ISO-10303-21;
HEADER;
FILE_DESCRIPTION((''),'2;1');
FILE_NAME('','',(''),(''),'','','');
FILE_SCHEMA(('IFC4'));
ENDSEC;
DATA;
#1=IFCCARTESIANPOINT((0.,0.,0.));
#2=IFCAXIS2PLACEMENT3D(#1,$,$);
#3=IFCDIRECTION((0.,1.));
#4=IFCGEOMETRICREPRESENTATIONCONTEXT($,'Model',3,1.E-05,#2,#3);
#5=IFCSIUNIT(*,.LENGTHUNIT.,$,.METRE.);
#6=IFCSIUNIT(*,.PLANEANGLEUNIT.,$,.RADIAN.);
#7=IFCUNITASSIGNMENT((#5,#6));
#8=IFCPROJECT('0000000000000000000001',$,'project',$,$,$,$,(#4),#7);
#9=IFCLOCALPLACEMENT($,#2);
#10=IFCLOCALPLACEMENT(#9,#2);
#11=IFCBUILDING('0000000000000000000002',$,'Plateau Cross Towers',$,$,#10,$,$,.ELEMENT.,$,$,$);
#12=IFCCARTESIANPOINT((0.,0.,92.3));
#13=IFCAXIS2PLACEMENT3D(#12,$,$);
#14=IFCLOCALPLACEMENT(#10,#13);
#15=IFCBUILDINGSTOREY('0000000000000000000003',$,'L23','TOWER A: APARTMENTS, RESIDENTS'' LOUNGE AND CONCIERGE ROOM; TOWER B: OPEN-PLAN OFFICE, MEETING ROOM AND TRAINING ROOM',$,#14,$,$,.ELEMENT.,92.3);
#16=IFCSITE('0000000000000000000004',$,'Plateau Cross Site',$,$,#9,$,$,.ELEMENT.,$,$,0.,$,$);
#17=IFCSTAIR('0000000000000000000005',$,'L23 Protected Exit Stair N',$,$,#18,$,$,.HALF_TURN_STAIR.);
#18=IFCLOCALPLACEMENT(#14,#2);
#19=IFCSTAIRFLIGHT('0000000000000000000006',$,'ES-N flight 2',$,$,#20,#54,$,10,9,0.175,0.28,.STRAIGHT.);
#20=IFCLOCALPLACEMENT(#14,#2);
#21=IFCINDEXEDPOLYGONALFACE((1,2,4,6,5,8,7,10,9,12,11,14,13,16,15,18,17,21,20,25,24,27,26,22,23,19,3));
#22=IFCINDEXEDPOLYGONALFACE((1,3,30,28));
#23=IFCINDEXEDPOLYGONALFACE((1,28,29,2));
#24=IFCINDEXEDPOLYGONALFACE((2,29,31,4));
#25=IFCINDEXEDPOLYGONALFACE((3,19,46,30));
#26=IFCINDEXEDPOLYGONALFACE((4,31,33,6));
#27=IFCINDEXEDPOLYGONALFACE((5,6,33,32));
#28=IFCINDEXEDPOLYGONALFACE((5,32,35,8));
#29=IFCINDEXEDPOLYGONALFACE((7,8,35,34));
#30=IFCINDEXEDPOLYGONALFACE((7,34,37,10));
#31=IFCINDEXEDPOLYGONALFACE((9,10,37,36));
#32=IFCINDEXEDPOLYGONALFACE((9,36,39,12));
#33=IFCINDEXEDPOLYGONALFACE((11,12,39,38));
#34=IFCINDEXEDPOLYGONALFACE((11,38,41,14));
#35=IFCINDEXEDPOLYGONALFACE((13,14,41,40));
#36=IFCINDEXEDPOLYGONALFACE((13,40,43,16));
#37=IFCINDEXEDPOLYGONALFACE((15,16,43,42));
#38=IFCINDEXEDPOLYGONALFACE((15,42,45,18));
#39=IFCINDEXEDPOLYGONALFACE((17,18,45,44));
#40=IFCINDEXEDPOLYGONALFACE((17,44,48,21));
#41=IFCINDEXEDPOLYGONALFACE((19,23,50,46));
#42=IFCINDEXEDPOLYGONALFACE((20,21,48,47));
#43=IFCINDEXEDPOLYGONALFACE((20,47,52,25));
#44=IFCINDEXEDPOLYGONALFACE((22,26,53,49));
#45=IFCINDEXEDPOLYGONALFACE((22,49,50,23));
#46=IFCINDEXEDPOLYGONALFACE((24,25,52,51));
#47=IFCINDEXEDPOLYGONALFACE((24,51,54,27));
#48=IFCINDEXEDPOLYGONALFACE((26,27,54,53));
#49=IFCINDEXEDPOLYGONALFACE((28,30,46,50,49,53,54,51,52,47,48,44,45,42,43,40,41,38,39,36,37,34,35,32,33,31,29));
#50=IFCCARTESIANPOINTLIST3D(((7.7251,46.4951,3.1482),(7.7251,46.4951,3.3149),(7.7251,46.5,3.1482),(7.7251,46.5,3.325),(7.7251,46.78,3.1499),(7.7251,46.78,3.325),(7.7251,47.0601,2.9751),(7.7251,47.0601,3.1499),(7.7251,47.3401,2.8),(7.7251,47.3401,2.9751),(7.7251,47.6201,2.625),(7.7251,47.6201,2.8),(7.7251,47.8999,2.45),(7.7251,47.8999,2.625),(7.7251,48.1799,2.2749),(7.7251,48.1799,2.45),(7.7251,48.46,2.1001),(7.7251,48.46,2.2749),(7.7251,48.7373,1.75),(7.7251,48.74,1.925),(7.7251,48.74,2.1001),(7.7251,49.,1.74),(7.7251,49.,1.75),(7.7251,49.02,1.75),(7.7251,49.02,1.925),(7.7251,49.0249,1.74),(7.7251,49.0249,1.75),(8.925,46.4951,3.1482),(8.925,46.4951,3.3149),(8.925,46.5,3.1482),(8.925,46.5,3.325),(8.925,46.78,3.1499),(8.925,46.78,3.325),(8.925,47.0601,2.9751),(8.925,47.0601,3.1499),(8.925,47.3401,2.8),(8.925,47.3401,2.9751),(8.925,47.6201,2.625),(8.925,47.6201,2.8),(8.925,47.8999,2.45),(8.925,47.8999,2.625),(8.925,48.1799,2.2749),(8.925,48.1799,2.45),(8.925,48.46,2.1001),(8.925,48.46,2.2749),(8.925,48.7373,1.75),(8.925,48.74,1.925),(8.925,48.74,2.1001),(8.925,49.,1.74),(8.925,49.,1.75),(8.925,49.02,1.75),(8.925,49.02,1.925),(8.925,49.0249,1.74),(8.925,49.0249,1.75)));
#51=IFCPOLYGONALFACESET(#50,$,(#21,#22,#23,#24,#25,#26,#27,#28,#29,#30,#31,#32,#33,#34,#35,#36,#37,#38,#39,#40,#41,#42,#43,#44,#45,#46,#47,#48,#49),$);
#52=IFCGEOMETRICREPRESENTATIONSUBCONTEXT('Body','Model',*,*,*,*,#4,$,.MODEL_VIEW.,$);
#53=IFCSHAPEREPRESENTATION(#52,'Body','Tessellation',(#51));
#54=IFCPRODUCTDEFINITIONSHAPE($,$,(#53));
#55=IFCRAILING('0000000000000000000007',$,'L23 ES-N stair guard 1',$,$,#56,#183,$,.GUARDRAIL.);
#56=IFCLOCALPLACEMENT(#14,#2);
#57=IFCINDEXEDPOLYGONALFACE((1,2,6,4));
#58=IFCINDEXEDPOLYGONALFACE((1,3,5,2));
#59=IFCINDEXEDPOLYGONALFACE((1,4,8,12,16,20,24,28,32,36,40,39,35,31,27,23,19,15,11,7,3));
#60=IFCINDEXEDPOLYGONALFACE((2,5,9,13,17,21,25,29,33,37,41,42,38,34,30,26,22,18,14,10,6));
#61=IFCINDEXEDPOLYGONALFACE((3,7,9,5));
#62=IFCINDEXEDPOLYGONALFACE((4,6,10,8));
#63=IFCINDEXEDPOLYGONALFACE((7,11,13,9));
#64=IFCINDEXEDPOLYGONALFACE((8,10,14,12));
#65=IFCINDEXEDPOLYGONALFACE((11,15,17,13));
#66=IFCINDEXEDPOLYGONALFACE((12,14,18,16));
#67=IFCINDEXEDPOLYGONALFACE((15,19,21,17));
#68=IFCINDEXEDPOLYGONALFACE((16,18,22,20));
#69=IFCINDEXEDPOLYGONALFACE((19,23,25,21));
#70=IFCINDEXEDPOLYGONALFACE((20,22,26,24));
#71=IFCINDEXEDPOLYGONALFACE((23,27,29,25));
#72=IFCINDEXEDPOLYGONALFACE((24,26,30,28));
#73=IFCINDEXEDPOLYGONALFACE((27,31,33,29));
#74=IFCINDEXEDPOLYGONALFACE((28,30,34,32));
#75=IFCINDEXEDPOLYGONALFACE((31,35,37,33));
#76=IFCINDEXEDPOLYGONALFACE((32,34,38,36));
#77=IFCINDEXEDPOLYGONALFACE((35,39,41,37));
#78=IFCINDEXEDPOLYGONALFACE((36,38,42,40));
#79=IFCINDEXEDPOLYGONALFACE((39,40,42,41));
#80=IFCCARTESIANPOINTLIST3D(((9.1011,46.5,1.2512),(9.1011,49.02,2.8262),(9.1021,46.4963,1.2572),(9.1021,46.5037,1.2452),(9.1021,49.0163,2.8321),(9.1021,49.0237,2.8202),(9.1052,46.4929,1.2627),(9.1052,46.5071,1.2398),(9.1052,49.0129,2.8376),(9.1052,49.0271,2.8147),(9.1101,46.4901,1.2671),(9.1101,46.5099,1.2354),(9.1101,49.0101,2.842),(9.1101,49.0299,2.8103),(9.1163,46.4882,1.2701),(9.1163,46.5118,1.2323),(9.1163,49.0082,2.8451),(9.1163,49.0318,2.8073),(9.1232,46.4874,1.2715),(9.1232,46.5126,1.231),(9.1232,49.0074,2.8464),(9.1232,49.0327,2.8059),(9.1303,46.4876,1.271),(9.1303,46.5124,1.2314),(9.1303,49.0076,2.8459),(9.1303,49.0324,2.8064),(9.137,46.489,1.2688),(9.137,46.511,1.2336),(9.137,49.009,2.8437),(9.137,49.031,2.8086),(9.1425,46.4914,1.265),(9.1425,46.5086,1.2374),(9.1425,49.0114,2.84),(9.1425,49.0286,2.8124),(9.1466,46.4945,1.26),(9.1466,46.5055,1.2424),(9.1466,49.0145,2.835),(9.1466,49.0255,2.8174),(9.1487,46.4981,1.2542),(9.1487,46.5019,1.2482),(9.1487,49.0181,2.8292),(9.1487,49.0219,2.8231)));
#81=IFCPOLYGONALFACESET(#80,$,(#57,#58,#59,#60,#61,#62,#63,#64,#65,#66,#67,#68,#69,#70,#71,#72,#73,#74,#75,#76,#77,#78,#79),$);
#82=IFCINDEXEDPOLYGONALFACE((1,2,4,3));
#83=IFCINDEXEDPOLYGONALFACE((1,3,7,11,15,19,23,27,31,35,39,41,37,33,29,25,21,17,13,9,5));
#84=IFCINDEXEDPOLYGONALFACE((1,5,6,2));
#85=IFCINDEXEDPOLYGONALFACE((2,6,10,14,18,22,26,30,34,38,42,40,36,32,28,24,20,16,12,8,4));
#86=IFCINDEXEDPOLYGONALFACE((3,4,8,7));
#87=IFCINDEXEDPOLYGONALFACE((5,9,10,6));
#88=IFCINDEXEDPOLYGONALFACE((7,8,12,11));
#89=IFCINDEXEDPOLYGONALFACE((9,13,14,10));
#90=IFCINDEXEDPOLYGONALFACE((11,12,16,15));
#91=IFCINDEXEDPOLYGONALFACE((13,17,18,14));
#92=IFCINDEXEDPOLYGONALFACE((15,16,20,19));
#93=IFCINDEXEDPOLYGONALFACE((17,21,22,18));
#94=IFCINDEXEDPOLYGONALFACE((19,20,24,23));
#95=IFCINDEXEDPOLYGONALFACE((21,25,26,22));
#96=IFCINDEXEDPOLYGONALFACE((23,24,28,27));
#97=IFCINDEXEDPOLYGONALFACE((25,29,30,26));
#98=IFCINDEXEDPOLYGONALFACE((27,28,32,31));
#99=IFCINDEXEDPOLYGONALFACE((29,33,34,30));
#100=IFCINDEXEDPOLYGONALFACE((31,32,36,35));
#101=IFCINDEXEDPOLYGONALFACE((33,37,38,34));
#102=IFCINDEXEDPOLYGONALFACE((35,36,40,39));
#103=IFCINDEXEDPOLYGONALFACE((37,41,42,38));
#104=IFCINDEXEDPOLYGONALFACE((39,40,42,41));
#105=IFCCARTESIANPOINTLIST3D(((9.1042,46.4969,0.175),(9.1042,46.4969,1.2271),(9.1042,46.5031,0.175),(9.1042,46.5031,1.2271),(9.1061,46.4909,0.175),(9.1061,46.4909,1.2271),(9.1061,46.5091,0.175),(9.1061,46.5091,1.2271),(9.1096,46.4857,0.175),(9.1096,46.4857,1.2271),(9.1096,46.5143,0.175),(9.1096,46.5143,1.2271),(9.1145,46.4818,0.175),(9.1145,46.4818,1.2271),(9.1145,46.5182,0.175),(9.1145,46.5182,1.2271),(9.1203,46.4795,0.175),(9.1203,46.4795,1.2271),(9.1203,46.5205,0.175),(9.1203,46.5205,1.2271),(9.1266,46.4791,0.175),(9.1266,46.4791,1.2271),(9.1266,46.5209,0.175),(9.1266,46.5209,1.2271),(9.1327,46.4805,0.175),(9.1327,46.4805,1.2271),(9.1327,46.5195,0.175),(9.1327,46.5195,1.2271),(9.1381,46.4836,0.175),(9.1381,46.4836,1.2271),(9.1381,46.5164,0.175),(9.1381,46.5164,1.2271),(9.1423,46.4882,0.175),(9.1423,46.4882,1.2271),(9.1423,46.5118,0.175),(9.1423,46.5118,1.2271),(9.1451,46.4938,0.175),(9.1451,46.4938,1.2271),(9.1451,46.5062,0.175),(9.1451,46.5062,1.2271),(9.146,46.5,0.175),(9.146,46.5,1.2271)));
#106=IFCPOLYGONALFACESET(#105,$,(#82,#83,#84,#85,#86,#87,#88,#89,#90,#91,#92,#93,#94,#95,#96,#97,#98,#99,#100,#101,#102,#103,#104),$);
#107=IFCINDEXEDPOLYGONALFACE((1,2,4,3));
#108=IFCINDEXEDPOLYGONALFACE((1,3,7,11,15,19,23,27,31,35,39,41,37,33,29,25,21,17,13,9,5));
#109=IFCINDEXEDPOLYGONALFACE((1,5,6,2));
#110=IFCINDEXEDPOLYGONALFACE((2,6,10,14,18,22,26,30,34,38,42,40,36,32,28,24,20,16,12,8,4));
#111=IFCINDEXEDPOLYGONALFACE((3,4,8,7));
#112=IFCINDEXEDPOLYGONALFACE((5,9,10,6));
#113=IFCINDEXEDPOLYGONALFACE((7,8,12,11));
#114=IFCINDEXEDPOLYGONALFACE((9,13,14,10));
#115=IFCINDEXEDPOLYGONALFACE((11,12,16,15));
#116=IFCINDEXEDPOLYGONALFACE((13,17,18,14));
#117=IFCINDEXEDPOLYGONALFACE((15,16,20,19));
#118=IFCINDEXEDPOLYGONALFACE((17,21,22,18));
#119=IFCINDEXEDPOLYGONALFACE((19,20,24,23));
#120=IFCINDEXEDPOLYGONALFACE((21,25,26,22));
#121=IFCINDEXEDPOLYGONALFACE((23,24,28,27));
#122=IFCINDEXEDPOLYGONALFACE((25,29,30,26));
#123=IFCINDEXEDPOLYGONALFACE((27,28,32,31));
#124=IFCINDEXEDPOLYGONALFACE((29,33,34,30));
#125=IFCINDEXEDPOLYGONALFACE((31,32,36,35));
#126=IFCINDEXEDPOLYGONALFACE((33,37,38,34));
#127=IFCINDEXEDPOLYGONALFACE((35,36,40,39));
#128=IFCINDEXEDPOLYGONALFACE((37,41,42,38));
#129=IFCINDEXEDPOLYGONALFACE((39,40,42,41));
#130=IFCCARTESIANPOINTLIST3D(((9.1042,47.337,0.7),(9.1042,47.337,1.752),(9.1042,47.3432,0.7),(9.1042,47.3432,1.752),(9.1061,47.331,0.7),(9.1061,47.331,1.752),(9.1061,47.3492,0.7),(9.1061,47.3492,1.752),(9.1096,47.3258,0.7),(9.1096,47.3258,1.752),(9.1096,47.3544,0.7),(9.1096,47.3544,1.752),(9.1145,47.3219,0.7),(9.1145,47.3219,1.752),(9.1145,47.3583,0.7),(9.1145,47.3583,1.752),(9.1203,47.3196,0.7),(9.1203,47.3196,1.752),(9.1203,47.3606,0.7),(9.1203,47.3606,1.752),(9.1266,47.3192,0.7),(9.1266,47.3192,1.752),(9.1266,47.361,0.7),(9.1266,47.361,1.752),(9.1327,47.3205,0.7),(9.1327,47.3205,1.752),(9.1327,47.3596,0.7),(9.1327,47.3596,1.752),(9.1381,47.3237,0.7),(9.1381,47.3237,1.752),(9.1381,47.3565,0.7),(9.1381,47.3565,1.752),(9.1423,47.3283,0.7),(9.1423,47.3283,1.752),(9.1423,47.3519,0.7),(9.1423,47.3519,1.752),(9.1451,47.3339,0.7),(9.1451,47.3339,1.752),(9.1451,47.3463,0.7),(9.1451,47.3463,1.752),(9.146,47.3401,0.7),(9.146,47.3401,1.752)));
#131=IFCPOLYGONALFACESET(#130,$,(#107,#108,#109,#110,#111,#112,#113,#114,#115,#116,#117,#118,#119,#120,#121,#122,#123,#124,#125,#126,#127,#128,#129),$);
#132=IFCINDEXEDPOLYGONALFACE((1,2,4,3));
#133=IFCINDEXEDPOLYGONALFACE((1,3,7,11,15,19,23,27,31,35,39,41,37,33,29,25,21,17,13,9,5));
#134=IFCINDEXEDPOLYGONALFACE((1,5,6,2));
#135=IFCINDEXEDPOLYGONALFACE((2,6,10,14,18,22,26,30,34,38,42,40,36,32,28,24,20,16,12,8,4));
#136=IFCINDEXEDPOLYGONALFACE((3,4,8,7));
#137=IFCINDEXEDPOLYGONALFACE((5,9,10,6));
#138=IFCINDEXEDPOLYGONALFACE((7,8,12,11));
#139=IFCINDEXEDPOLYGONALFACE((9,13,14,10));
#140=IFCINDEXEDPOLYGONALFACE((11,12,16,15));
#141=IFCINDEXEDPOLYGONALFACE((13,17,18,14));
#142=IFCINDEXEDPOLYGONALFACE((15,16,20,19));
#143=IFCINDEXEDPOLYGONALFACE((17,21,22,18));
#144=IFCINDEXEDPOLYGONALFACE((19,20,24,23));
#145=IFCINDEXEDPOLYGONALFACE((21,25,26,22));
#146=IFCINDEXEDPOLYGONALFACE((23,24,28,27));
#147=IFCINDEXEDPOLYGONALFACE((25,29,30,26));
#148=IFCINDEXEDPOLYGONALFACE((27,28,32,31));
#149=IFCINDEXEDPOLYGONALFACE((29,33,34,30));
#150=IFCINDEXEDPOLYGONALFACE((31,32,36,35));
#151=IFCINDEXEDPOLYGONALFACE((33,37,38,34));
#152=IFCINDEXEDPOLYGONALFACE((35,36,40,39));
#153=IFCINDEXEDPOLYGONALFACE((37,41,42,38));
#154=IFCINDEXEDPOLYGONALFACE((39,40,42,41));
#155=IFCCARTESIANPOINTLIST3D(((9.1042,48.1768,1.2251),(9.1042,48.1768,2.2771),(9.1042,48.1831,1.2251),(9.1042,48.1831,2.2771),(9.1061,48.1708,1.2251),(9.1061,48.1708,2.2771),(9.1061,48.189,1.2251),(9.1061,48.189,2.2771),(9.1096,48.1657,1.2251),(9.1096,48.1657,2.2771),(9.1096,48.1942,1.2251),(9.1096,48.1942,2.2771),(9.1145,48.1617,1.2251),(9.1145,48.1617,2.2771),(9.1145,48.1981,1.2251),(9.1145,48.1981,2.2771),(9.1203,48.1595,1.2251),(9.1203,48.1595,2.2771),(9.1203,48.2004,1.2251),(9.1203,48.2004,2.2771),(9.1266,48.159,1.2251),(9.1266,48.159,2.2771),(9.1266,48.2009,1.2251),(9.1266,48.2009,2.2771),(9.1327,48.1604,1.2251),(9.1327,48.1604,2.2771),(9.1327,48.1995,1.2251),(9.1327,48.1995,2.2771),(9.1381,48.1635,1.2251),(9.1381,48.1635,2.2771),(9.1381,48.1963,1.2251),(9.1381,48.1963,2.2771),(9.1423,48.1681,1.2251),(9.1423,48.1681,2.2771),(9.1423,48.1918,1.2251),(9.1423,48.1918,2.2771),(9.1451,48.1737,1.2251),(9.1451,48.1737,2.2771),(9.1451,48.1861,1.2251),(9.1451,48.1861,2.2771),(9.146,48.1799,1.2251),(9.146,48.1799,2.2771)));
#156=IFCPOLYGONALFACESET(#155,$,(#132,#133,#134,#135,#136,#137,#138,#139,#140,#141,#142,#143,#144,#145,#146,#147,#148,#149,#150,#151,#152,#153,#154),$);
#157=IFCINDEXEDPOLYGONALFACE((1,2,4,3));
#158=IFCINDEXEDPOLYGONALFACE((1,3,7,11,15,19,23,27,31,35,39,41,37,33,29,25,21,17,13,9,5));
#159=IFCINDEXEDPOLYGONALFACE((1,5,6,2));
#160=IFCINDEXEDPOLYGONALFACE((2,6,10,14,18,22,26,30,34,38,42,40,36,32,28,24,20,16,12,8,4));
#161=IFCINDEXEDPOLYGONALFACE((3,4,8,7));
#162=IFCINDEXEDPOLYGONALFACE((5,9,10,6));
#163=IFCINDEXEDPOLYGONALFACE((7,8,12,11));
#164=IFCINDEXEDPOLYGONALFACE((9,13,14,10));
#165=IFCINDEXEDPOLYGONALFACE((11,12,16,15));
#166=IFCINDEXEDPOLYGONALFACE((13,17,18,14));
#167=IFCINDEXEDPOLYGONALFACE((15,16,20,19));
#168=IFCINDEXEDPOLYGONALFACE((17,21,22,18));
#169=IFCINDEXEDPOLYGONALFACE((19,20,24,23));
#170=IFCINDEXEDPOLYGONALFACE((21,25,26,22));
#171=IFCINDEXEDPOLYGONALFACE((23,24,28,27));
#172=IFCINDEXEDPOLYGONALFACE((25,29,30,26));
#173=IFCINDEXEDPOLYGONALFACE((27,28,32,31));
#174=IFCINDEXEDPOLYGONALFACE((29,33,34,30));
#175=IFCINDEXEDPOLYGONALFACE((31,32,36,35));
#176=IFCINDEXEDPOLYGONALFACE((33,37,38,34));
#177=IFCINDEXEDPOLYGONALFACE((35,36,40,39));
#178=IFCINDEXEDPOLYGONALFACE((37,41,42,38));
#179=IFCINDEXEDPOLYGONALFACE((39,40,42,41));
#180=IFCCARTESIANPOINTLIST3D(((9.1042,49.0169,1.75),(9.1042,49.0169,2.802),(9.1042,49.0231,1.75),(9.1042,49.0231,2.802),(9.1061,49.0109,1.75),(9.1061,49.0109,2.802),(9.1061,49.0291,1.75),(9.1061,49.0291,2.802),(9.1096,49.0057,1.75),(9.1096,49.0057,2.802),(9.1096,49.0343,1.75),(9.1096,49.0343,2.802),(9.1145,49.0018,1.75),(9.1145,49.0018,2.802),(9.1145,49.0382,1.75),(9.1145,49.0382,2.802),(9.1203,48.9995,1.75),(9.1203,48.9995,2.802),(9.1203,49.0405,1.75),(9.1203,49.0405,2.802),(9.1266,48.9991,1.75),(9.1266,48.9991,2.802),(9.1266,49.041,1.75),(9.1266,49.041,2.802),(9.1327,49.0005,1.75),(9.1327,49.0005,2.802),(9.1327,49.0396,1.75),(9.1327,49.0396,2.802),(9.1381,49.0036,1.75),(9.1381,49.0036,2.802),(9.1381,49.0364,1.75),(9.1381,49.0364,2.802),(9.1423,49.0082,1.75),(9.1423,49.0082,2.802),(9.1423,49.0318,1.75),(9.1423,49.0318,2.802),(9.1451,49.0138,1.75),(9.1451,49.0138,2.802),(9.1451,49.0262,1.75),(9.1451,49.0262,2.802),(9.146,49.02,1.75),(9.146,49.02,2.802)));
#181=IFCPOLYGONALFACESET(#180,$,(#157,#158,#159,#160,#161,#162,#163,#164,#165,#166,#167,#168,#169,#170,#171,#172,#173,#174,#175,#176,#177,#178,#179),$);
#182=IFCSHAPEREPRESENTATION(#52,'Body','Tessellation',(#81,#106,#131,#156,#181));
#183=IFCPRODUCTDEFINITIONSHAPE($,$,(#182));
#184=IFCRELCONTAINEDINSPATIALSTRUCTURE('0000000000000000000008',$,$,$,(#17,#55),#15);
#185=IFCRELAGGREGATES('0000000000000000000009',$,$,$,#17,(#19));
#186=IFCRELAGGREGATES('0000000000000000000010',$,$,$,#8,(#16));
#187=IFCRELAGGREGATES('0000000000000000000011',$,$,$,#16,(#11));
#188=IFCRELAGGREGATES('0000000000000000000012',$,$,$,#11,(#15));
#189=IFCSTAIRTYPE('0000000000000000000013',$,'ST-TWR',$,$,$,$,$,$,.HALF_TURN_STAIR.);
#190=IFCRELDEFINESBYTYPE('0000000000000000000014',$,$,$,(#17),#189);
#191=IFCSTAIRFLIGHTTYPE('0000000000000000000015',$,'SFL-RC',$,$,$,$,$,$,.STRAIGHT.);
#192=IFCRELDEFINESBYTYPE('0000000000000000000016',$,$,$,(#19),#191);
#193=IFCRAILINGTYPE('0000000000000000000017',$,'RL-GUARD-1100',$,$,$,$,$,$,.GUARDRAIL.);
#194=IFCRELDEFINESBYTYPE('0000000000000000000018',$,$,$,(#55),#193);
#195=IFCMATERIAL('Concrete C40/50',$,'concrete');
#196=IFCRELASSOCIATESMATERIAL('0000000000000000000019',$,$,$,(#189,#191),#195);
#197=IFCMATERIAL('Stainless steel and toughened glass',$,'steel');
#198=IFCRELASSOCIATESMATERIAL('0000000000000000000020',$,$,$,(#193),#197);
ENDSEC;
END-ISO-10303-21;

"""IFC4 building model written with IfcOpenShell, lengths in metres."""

from ifc_helpers import new_model, si_unit, direction, frame, origin, origin_2d, place, context, subcontext, project, spatial, polyline, circle, outline, extrude, material, type_object, element, aggregate, save


model = new_model("IFC4")

# Units and contexts
model_context = context("Model", 3, precision=1e-05, world=origin(), true_north=direction((0.0, 1.0)))
body_context = subcontext(model_context, "Body", "Model", "MODEL_VIEW")
ifc_project = project(units=[si_unit("LENGTHUNIT", "METRE"), si_unit("PLANEANGLEUNIT", "RADIAN")], contexts=[model_context])

# Site, building, storey
site_placement = place(None, origin())
site = spatial("IfcSite", under=ifc_project, at=site_placement, Name="Plateau Cross Site", CompositionType="ELEMENT", RefElevation=0.0)
building_placement = place(site_placement, origin())
building = spatial("IfcBuilding", under=site, at=building_placement, Name="Plateau Cross Towers", CompositionType="ELEMENT")
storey_placement = place(building_placement, frame((0.0, 0.0, 92.3)))
storey = spatial("IfcBuildingStorey", under=building, at=storey_placement, Name="L23", Description="TOWER A: APARTMENTS, RESIDENTS' LOUNGE AND CONCIERGE ROOM; TOWER B: OPEN-PLAN OFFICE, MEETING ROOM AND TRAINING ROOM", CompositionType="ELEMENT", Elevation=92.3)

# Stair, stair flight
ifc_material_1 = material(Name="Concrete C40/50", Category="concrete")
stair_type = type_object("IfcStairType", Name="ST-TWR", PredefinedType="HALF_TURN_STAIR", material=ifc_material_1)
stair_placement = place(storey_placement, origin())
stair = element("IfcStair", 1, at=stair_placement, inside=storey, type_object=stair_type, Name="L23 Protected Exit Stair N", PredefinedType="HALF_TURN_STAIR")
stair_flight_type = type_object("IfcStairFlightType", Name="SFL-RC", PredefinedType="STRAIGHT", material=ifc_material_1)
stair_flight_placement = place(storey_placement, frame((8.325, 49.02, 1.75), z_axis=(0.0, 0.0, 1.0), x_axis=(0.0, -1.0, 0.0)))
stair_flight = element("IfcStairFlight", 2, at=stair_flight_placement, type_object=stair_flight_type, Name="ES-N flight 2", NumberOfRisers=10, NumberOfTreads=9, PredefinedType="STRAIGHT", RiserHeight=0.175, TreadLength=0.28, context=body_context, shape_type="SweptSolid", body=[
    extrude(outline(polyline([(-0.0049, -0.01), (-0.0049, 0.0), (0.0, 0.0), (0.0, 0.175), (0.28, 0.175), (0.28, 0.3501), (0.5601, 0.3501), (0.5601, 0.5249), (0.8401, 0.5249), (0.8401, 0.7), (1.1201, 0.7), (1.1201, 0.875), (1.3999, 0.875), (1.3999, 1.05), (1.6799, 1.05), (1.6799, 1.2251), (1.96, 1.2251), (1.96, 1.3999), (2.24, 1.3999), (2.24, 1.575), (2.52, 1.575), (2.5249, 1.5649), (2.5249, 1.3982), (2.52, 1.3982), (0.2827, 0.0), (0.02, 0.0), (0.02, -0.01), (-0.0049, -0.01)])), frame((0.0, 0.6001, 0.0), z_axis=(0.0, -1.0, 0.0), x_axis=(1.0, 0.0, 0.0)), (0.0, 0.0, 1.0), 1.2),
])
aggregate(stair, [stair_flight])

# Railing
ifc_material_2 = material(Name="Stainless steel and toughened glass", Category="steel")
railing_type_1 = type_object("IfcRailingType", Name="RL-GUARD-1100", PredefinedType="GUARDRAIL", material=ifc_material_2)
railing_1_placement = place(storey_placement, frame((9.125, 46.5, 0.175)))
element("IfcRailing", 3, at=railing_1_placement, inside=storey, type_object=railing_type_1, Name="L23 ES-N stair guard 1", PredefinedType="GUARDRAIL", context=body_context, shape_type="SweptSolid", body=[
    extrude(circle(Radius=0.0239, at=origin_2d()), frame((0.0, 0.0, 1.0762), z_axis=(0.0, 0.848008, 0.529984), x_axis=(-1.0, 0.0, 0.0)), (0.0, 0.0, 1.0), 2.9717),
    extrude(circle(Radius=0.021, at=origin_2d()), origin(), (0.0, 0.0, 1.0), 1.052),
    extrude(circle(Radius=0.021, at=origin_2d()), frame((0.0, 0.8401, 0.5249)), (0.0, 0.0, 1.0), 1.052),
    extrude(circle(Radius=0.021, at=origin_2d()), frame((0.0, 1.6799, 1.05)), (0.0, 0.0, 1.0), 1.052),
    extrude(circle(Radius=0.021, at=origin_2d()), frame((0.0, 2.52, 1.575)), (0.0, 0.0, 1.0), 1.052),
])

save(model, "model.ifc")
